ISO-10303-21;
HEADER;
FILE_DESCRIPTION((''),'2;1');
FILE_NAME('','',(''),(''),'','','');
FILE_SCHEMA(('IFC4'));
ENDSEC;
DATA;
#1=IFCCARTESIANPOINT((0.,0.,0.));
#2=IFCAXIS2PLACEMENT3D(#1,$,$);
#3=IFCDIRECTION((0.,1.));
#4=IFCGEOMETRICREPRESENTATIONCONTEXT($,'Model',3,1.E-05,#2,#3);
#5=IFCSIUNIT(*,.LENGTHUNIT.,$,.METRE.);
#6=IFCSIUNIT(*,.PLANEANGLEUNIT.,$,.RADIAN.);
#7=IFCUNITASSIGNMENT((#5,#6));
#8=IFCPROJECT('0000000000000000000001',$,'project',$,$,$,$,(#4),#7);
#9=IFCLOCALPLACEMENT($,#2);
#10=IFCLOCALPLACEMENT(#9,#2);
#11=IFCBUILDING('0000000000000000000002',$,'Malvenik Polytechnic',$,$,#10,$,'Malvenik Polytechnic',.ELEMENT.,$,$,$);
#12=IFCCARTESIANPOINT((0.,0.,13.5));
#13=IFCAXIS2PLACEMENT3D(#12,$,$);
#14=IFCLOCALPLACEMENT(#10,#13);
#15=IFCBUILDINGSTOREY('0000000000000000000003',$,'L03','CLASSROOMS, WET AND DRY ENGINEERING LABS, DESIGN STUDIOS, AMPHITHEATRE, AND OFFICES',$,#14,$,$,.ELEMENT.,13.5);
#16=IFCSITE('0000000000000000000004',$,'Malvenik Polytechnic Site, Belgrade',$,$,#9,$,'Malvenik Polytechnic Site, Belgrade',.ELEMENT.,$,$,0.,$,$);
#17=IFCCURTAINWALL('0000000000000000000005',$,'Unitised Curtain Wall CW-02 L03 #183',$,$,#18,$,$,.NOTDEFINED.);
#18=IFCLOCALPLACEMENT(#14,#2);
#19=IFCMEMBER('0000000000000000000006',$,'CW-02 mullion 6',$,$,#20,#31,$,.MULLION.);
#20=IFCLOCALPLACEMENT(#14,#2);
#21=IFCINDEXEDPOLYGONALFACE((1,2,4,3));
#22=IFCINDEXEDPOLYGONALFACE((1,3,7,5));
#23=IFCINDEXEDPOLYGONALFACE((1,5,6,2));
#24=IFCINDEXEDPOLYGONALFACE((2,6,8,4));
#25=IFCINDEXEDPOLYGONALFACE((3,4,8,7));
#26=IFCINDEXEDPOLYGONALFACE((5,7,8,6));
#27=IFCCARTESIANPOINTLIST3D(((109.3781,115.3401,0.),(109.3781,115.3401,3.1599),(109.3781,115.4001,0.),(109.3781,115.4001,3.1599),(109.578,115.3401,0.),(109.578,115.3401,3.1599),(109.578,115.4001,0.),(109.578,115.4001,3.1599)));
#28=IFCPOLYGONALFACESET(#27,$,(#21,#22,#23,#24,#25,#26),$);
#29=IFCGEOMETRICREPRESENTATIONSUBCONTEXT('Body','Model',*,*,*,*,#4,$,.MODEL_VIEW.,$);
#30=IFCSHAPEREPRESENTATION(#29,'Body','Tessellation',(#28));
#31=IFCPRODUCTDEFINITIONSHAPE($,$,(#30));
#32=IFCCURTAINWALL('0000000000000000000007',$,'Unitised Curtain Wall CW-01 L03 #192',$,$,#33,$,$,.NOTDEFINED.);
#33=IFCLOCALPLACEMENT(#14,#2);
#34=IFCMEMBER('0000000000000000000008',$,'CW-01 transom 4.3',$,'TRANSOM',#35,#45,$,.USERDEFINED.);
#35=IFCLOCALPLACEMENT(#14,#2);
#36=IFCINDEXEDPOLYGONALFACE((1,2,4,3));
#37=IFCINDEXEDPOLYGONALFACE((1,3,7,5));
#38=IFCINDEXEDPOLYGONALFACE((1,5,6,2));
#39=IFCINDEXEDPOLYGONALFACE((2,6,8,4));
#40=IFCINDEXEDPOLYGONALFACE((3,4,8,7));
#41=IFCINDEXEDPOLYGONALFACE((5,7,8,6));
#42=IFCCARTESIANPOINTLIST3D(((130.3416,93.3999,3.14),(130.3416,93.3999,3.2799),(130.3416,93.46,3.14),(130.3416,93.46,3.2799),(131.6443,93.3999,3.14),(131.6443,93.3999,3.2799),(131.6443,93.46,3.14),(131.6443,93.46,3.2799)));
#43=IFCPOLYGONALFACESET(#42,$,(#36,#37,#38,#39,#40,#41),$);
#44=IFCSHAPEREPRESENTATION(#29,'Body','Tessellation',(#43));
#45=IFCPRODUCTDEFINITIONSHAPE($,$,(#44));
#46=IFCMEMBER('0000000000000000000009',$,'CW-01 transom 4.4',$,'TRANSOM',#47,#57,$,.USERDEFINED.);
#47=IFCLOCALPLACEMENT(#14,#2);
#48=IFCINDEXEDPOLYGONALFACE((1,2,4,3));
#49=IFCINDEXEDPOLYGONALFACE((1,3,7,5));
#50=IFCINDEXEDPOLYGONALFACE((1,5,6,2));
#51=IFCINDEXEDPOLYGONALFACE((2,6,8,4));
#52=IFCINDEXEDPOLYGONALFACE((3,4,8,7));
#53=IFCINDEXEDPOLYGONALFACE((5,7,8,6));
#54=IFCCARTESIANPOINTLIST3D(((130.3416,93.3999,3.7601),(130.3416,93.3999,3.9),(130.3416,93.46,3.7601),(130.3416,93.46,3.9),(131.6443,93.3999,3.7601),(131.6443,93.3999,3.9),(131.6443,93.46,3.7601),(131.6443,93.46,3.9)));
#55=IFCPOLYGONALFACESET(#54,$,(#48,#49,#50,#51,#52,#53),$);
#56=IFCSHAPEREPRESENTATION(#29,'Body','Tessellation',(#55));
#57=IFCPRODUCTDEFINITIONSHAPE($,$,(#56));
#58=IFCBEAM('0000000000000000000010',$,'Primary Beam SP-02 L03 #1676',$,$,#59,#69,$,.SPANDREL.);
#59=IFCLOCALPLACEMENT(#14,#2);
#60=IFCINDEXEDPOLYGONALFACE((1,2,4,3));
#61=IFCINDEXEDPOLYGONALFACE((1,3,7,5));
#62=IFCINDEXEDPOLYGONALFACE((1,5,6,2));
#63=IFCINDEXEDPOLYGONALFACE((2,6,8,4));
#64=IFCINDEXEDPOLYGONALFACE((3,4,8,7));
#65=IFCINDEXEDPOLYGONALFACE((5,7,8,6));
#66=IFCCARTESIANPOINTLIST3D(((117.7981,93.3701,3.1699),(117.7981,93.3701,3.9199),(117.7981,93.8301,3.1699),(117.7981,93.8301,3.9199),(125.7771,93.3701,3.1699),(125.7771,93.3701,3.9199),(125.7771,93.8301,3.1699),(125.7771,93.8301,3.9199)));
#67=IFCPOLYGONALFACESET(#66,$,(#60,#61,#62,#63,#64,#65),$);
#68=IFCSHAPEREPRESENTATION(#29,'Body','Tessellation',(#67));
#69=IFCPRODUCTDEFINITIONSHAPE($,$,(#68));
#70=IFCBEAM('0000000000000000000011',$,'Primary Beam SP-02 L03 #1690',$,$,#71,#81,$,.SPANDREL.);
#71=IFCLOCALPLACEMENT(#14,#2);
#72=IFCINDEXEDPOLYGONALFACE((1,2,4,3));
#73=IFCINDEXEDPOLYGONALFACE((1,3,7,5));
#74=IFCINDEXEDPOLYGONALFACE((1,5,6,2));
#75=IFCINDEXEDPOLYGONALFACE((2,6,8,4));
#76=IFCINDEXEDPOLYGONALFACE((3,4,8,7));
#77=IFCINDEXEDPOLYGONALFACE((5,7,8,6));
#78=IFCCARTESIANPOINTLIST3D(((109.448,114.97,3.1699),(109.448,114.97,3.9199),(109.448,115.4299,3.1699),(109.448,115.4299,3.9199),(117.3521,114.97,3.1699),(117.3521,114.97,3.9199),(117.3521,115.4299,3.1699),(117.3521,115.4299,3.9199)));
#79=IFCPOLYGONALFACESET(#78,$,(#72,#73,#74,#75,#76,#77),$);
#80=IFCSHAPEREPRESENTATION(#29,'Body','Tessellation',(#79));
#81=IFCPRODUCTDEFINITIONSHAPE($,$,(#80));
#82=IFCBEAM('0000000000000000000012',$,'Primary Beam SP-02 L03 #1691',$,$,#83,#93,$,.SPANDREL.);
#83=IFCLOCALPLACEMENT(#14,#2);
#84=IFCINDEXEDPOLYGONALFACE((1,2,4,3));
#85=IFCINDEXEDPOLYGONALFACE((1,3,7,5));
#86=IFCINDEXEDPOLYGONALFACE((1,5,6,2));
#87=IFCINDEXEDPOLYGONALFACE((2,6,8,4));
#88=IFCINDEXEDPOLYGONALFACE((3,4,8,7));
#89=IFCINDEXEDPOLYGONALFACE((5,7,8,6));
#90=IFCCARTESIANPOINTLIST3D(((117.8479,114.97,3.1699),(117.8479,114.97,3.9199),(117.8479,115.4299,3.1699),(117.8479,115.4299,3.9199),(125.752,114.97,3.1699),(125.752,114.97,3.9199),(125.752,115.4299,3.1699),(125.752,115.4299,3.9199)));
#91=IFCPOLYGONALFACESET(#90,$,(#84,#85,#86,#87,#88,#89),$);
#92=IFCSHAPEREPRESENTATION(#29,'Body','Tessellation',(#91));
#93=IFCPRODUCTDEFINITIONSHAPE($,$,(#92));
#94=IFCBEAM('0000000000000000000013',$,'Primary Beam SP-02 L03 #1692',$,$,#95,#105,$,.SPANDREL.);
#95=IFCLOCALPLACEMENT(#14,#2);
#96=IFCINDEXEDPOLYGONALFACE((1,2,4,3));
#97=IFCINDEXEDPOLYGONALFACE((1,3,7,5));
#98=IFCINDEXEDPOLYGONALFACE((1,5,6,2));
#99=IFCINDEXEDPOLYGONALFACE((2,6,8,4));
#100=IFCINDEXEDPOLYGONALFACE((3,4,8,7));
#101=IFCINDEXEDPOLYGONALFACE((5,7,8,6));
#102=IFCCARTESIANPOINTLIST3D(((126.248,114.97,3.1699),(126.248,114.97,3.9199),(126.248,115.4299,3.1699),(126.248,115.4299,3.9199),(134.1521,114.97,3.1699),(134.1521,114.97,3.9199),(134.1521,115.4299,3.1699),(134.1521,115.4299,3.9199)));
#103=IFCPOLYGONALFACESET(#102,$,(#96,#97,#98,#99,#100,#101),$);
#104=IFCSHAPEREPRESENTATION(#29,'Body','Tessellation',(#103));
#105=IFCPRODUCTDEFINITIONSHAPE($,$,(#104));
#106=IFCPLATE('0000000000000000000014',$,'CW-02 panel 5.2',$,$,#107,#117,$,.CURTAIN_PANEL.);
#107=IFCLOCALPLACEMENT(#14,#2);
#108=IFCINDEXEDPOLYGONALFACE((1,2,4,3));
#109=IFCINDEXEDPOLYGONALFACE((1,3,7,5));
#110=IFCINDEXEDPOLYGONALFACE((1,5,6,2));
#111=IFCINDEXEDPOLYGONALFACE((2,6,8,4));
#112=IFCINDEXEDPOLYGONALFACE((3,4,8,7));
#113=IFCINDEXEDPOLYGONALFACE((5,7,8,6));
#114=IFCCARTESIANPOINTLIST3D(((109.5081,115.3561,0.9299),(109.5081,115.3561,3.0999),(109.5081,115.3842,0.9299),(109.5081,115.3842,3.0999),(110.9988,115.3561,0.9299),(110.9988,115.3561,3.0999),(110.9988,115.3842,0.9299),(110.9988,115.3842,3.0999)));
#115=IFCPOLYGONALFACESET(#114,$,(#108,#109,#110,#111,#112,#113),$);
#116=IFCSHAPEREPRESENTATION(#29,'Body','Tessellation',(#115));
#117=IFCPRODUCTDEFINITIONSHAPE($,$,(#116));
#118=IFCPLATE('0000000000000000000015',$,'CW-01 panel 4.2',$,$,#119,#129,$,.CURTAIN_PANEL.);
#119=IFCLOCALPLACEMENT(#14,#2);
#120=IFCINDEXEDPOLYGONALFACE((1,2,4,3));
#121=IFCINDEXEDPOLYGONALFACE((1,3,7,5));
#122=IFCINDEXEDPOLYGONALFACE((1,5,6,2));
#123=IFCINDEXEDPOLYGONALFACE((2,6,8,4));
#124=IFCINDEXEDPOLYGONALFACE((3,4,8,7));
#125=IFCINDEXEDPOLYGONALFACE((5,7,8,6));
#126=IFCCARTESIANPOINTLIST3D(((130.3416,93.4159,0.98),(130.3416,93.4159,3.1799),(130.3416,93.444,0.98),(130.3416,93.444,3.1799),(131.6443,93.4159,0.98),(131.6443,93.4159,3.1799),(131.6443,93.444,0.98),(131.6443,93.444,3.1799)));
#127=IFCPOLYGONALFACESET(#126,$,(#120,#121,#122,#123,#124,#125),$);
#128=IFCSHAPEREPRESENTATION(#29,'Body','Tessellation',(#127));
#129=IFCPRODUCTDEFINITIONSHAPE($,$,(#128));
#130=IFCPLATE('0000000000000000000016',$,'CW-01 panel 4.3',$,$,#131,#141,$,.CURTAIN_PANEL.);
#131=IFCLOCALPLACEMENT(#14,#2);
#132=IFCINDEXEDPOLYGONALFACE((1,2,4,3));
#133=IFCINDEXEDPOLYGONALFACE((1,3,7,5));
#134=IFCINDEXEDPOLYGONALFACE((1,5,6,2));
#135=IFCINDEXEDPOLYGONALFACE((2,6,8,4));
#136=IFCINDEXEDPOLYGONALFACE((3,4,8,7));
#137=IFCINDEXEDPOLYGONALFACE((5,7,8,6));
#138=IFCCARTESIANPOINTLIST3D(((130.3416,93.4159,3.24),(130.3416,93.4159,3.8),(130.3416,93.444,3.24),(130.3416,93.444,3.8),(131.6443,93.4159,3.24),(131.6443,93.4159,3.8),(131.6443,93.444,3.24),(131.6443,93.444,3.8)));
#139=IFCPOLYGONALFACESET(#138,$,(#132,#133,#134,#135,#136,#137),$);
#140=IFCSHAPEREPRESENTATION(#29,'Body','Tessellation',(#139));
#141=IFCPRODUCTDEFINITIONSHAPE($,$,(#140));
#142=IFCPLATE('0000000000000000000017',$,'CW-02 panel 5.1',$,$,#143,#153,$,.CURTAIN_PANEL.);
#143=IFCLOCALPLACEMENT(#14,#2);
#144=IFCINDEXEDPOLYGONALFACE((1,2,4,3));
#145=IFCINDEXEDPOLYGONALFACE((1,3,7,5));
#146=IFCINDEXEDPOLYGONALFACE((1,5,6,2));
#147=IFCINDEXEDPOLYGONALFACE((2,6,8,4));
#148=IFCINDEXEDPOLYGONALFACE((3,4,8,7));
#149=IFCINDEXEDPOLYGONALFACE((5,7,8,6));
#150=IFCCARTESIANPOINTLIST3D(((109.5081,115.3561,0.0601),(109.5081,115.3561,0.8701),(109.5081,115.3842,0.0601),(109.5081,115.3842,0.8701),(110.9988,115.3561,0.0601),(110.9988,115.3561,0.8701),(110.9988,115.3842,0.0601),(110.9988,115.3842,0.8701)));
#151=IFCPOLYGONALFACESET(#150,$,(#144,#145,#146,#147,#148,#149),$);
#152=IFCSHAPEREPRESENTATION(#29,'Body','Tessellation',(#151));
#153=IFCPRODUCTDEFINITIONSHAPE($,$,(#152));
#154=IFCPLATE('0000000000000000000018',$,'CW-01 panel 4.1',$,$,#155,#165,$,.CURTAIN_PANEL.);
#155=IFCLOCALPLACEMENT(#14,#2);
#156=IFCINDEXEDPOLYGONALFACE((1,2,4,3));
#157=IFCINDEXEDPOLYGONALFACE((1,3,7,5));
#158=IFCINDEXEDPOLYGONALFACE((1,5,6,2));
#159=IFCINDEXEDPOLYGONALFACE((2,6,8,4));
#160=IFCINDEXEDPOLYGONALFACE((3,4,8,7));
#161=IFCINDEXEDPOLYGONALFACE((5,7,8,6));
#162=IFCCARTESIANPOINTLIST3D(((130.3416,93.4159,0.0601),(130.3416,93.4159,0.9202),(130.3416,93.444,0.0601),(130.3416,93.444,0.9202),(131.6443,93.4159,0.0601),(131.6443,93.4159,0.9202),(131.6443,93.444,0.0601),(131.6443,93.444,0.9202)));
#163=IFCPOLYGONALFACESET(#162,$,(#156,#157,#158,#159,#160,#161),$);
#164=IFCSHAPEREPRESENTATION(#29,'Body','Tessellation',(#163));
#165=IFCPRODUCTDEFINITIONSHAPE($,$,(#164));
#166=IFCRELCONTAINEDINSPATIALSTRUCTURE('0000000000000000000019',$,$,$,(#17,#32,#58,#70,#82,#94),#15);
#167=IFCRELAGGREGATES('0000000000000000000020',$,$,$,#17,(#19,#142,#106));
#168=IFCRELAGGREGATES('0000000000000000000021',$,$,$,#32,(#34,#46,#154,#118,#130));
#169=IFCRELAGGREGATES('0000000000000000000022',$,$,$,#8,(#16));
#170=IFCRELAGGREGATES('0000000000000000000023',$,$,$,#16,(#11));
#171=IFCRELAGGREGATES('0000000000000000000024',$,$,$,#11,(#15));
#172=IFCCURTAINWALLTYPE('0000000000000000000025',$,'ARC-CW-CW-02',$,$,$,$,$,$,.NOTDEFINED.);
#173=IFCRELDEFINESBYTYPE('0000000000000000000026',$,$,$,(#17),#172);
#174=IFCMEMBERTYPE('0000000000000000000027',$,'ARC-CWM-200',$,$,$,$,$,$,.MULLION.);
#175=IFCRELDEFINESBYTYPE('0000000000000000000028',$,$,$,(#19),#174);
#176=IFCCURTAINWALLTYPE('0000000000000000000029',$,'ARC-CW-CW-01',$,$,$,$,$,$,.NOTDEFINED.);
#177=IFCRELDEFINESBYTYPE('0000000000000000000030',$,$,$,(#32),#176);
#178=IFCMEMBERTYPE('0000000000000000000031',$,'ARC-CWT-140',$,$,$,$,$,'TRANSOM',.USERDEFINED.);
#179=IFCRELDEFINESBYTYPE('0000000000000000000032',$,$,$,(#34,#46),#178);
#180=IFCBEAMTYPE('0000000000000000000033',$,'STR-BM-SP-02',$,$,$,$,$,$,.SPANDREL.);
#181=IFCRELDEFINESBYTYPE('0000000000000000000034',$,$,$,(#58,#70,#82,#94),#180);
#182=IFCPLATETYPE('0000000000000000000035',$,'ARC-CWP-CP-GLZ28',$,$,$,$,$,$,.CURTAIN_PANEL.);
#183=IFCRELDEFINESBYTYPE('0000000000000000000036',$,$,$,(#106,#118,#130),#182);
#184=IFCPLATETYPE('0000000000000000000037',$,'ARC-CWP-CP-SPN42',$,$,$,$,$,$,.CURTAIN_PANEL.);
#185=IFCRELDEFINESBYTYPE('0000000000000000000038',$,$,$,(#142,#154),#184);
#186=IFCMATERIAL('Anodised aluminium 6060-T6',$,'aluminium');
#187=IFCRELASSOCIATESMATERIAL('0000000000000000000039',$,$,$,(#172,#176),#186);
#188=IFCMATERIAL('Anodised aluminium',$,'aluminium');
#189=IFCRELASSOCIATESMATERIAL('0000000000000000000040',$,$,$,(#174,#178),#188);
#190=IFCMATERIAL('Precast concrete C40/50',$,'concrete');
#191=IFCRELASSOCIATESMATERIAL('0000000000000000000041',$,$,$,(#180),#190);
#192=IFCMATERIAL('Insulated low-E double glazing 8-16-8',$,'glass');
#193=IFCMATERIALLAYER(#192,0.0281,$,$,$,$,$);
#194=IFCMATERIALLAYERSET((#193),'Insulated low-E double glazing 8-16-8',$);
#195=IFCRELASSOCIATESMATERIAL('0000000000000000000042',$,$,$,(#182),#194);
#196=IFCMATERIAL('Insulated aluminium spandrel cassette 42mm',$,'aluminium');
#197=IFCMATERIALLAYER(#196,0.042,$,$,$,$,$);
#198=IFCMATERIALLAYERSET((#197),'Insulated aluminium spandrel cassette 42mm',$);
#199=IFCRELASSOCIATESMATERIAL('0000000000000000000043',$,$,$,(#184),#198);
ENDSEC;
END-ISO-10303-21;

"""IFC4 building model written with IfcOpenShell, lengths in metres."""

from ifc_helpers import new_model, si_unit, direction, frame, origin, origin_2d, place, context, subcontext, project, spatial, rectangle, extrude, material, layer, layer_set, material_profile, profile_set, type_object, element, aggregate, save


model = new_model("IFC4")

# Units and contexts
model_context = context("Model", 3, precision=1e-05, world=origin(), true_north=direction((0.0, 1.0)))
body_context = subcontext(model_context, "Body", "Model", "MODEL_VIEW")
ifc_project = project(units=[si_unit("LENGTHUNIT", "METRE"), si_unit("PLANEANGLEUNIT", "RADIAN")], contexts=[model_context])

# Site, building, storey
site_placement = place(None, origin())
site = spatial("IfcSite", under=ifc_project, at=site_placement, Name="Malvenik Polytechnic Site, Belgrade", LongName="Malvenik Polytechnic Site, Belgrade", CompositionType="ELEMENT", RefElevation=0.0)
building_placement = place(site_placement, origin())
building = spatial("IfcBuilding", under=site, at=building_placement, Name="Malvenik Polytechnic", LongName="Malvenik Polytechnic", CompositionType="ELEMENT")
storey_placement = place(building_placement, frame((0.0, 0.0, 13.5)))
storey = spatial("IfcBuildingStorey", under=building, at=storey_placement, Name="L03", Description="CLASSROOMS, WET AND DRY ENGINEERING LABS, DESIGN STUDIOS, AMPHITHEATRE, AND OFFICES", CompositionType="ELEMENT", Elevation=13.5)

# Curtain wall, member
ifc_material_1 = material(Name="Anodised aluminium 6060-T6", Category="aluminium")
curtain_wall_type_1 = type_object("IfcCurtainWallType", Name="ARC-CW-CW-02", PredefinedType="NOTDEFINED", material=ifc_material_1)
curtain_wall_1_placement = place(storey_placement, origin())
curtain_wall_1 = element("IfcCurtainWall", 1, at=curtain_wall_1_placement, inside=storey, type_object=curtain_wall_type_1, Name="Unitised Curtain Wall CW-02 L03 #183", PredefinedType="NOTDEFINED")
ifc_material_2 = material(Name="Anodised aluminium", Category="aluminium")
ifc_material_profile_1 = material_profile(ifc_material_2, rectangle(XDim=0.0601, YDim=0.2, at=origin_2d()), Name="ALU MULLION 60x200")
ifc_profile_set_1 = profile_set([ifc_material_profile_1], Name="Anodised aluminium")
member_type_1 = type_object("IfcMemberType", Name="ARC-CWM-200", PredefinedType="MULLION", material=ifc_profile_set_1)
member_1_placement = place(storey_placement, frame((109.478, 115.3701, 0.0), z_axis=(0.0, 0.0, 1.0), x_axis=(0.0, -1.0, 0.0)))
member_1 = element("IfcMember", 2, at=member_1_placement, type_object=member_type_1, Name="CW-02 mullion 6", PredefinedType="MULLION", context=body_context, shape_type="SweptSolid", body=[
    extrude(rectangle(XDim=0.0601, YDim=0.2, at=origin_2d()), origin(), (0.0, 0.0, 1.0), 3.1599),
])

# Curtain wall, members
curtain_wall_type_2 = type_object("IfcCurtainWallType", Name="ARC-CW-CW-01", PredefinedType="NOTDEFINED", material=ifc_material_1)
curtain_wall_2_placement = place(storey_placement, origin())
curtain_wall_2 = element("IfcCurtainWall", 3, at=curtain_wall_2_placement, inside=storey, type_object=curtain_wall_type_2, Name="Unitised Curtain Wall CW-01 L03 #192", PredefinedType="NOTDEFINED")
ifc_material_profile_2 = material_profile(ifc_material_2, rectangle(XDim=0.0601, YDim=0.1399, at=origin_2d()), Name="ALU TRANSOM 60x140")
ifc_profile_set_2 = profile_set([ifc_material_profile_2], Name="Anodised aluminium")
member_type_2 = type_object("IfcMemberType", Name="ARC-CWT-140", ElementType="TRANSOM", PredefinedType="USERDEFINED", material=ifc_profile_set_2)
member_2_placement = place(storey_placement, frame((130.3416, 93.4299, 3.21), z_axis=(1.0, 0.0, 0.0), x_axis=(0.0, 1.0, 0.0)))
member_2 = element("IfcMember", 4, at=member_2_placement, type_object=member_type_2, Name="CW-01 transom 4.3", ObjectType="TRANSOM", PredefinedType="USERDEFINED", context=body_context, shape_type="SweptSolid", body=[
    extrude(rectangle(XDim=0.0601, YDim=0.1399, at=origin_2d()), origin(), (0.0, 0.0, 1.0), 1.3027),
])
member_3_placement = place(storey_placement, frame((130.3416, 93.4299, 3.8301), z_axis=(1.0, 0.0, 0.0), x_axis=(0.0, 1.0, 0.0)))
member_3 = element("IfcMember", 5, at=member_3_placement, type_object=member_type_2, Name="CW-01 transom 4.4", ObjectType="TRANSOM", PredefinedType="USERDEFINED", context=body_context, shape_type="SweptSolid", body=[
    extrude(rectangle(XDim=0.0601, YDim=0.1399, at=origin_2d()), origin(), (0.0, 0.0, 1.0), 1.3027),
])

# Beams
ifc_material_3 = material(Name="Precast concrete C40/50", Category="concrete")
ifc_material_profile_3 = material_profile(ifc_material_3, rectangle(XDim=0.46, YDim=0.75, at=origin_2d()), Name="PC SPN 460x750")
ifc_profile_set_3 = profile_set([ifc_material_profile_3], Name="Precast concrete C40/50")
beam_type = type_object("IfcBeamType", Name="STR-BM-SP-02", PredefinedType="SPANDREL", material=ifc_profile_set_3)
beam_placement = place(storey_placement, frame((117.7981, 93.6001, 3.5449), z_axis=(1.0, 0.0, 0.0), x_axis=(0.0, 1.0, 0.0)))
element("IfcBeam", 6, at=beam_placement, inside=storey, type_object=beam_type, Name="Primary Beam SP-02 L03 #1676", PredefinedType="SPANDREL", context=body_context, shape_type="SweptSolid", body=[
    extrude(rectangle(XDim=0.46, YDim=0.75, at=origin_2d()), origin(), (0.0, 0.0, 1.0), 7.979),
])
for number, where, z_axis, x_axis, name in (
    (7, (109.448, 115.2, 3.5449), (1.0, 0.0, 0.0), (0.0, 1.0, 0.0), "Primary Beam SP-02 L03 #1690"),
    (8, (117.8479, 115.2, 3.5449), (1.0, 0.0, 0.0), (0.0, 1.0, 0.0), "Primary Beam SP-02 L03 #1691"),
    (9, (126.248, 115.2, 3.5449), (1.0, 0.0, 0.0), (0.0, 1.0, 0.0), "Primary Beam SP-02 L03 #1692"),
):
    element("IfcBeam", number, at=place(storey_placement, frame(where, z_axis=z_axis, x_axis=x_axis)), inside=storey, type_object=beam_type, Name=name, PredefinedType="SPANDREL", context=body_context, shape_type="SweptSolid", body=[
        extrude(rectangle(XDim=0.46, YDim=0.75, at=origin_2d()), origin(), (0.0, 0.0, 1.0), 7.9041),
    ])

# Plates
ifc_material_4 = material(Name="Insulated low-E double glazing 8-16-8", Category="glass")
ifc_layer_1 = layer(ifc_material_4, 0.0281)
ifc_layer_set_1 = layer_set([ifc_layer_1], Name="Insulated low-E double glazing 8-16-8")
plate_type_1 = type_object("IfcPlateType", Name="ARC-CWP-CP-GLZ28", PredefinedType="CURTAIN_PANEL", material=ifc_layer_set_1)
plate_1_placement = place(storey_placement, frame((110.2534, 115.3701, 0.9299), z_axis=(0.0, 0.0, 1.0), x_axis=(-1.0, 0.0, 0.0)))
plate_1 = element("IfcPlate", 10, at=plate_1_placement, type_object=plate_type_1, Name="CW-02 panel 5.2", PredefinedType="CURTAIN_PANEL", context=body_context, shape_type="SweptSolid", body=[
    extrude(rectangle(XDim=1.4907, YDim=0.0281, at=origin_2d()), origin(), (0.0, 0.0, 1.0), 2.1699),
])
plate_2_placement = place(storey_placement, frame((130.9929, 93.4299, 0.98), z_axis=(0.0, 0.0, 1.0), x_axis=(1.0, 0.0, 0.0)))
plate_2 = element("IfcPlate", 11, at=plate_2_placement, type_object=plate_type_1, Name="CW-01 panel 4.2", PredefinedType="CURTAIN_PANEL", context=body_context, shape_type="SweptSolid", body=[
    extrude(rectangle(XDim=1.3027, YDim=0.0281, at=origin_2d()), origin(), (0.0, 0.0, 1.0), 2.2),
])
plate_3_placement = place(storey_placement, frame((130.9929, 93.4299, 3.24), z_axis=(0.0, 0.0, 1.0), x_axis=(1.0, 0.0, 0.0)))
plate_3 = element("IfcPlate", 12, at=plate_3_placement, type_object=plate_type_1, Name="CW-01 panel 4.3", PredefinedType="CURTAIN_PANEL", context=body_context, shape_type="SweptSolid", body=[
    extrude(rectangle(XDim=1.3027, YDim=0.0281, at=origin_2d()), origin(), (0.0, 0.0, 1.0), 0.5601),
])
ifc_material_5 = material(Name="Insulated aluminium spandrel cassette 42mm", Category="aluminium")
ifc_layer_2 = layer(ifc_material_5, 0.042)
ifc_layer_set_2 = layer_set([ifc_layer_2], Name="Insulated aluminium spandrel cassette 42mm")
plate_type_2 = type_object("IfcPlateType", Name="ARC-CWP-CP-SPN42", PredefinedType="CURTAIN_PANEL", material=ifc_layer_set_2)
plate_4_placement = place(storey_placement, frame((110.2534, 115.3701, 0.0601), z_axis=(0.0, 0.0, 1.0), x_axis=(-1.0, 0.0, 0.0)))
plate_4 = element("IfcPlate", 13, at=plate_4_placement, type_object=plate_type_2, Name="CW-02 panel 5.1", PredefinedType="CURTAIN_PANEL", context=body_context, shape_type="SweptSolid", body=[
    extrude(rectangle(XDim=1.4907, YDim=0.0281, at=origin_2d()), origin(), (0.0, 0.0, 1.0), 0.8101),
])
aggregate(curtain_wall_1, [member_1, plate_4, plate_1])
plate_5_placement = place(storey_placement, frame((130.9929, 93.4299, 0.0601), z_axis=(0.0, 0.0, 1.0), x_axis=(1.0, 0.0, 0.0)))
plate_5 = element("IfcPlate", 14, at=plate_5_placement, type_object=plate_type_2, Name="CW-01 panel 4.1", PredefinedType="CURTAIN_PANEL", context=body_context, shape_type="SweptSolid", body=[
    extrude(rectangle(XDim=1.3027, YDim=0.0281, at=origin_2d()), origin(), (0.0, 0.0, 1.0), 0.8601),
])
aggregate(curtain_wall_2, [member_2, member_3, plate_5, plate_2, plate_3])

save(model, "model.ifc")
